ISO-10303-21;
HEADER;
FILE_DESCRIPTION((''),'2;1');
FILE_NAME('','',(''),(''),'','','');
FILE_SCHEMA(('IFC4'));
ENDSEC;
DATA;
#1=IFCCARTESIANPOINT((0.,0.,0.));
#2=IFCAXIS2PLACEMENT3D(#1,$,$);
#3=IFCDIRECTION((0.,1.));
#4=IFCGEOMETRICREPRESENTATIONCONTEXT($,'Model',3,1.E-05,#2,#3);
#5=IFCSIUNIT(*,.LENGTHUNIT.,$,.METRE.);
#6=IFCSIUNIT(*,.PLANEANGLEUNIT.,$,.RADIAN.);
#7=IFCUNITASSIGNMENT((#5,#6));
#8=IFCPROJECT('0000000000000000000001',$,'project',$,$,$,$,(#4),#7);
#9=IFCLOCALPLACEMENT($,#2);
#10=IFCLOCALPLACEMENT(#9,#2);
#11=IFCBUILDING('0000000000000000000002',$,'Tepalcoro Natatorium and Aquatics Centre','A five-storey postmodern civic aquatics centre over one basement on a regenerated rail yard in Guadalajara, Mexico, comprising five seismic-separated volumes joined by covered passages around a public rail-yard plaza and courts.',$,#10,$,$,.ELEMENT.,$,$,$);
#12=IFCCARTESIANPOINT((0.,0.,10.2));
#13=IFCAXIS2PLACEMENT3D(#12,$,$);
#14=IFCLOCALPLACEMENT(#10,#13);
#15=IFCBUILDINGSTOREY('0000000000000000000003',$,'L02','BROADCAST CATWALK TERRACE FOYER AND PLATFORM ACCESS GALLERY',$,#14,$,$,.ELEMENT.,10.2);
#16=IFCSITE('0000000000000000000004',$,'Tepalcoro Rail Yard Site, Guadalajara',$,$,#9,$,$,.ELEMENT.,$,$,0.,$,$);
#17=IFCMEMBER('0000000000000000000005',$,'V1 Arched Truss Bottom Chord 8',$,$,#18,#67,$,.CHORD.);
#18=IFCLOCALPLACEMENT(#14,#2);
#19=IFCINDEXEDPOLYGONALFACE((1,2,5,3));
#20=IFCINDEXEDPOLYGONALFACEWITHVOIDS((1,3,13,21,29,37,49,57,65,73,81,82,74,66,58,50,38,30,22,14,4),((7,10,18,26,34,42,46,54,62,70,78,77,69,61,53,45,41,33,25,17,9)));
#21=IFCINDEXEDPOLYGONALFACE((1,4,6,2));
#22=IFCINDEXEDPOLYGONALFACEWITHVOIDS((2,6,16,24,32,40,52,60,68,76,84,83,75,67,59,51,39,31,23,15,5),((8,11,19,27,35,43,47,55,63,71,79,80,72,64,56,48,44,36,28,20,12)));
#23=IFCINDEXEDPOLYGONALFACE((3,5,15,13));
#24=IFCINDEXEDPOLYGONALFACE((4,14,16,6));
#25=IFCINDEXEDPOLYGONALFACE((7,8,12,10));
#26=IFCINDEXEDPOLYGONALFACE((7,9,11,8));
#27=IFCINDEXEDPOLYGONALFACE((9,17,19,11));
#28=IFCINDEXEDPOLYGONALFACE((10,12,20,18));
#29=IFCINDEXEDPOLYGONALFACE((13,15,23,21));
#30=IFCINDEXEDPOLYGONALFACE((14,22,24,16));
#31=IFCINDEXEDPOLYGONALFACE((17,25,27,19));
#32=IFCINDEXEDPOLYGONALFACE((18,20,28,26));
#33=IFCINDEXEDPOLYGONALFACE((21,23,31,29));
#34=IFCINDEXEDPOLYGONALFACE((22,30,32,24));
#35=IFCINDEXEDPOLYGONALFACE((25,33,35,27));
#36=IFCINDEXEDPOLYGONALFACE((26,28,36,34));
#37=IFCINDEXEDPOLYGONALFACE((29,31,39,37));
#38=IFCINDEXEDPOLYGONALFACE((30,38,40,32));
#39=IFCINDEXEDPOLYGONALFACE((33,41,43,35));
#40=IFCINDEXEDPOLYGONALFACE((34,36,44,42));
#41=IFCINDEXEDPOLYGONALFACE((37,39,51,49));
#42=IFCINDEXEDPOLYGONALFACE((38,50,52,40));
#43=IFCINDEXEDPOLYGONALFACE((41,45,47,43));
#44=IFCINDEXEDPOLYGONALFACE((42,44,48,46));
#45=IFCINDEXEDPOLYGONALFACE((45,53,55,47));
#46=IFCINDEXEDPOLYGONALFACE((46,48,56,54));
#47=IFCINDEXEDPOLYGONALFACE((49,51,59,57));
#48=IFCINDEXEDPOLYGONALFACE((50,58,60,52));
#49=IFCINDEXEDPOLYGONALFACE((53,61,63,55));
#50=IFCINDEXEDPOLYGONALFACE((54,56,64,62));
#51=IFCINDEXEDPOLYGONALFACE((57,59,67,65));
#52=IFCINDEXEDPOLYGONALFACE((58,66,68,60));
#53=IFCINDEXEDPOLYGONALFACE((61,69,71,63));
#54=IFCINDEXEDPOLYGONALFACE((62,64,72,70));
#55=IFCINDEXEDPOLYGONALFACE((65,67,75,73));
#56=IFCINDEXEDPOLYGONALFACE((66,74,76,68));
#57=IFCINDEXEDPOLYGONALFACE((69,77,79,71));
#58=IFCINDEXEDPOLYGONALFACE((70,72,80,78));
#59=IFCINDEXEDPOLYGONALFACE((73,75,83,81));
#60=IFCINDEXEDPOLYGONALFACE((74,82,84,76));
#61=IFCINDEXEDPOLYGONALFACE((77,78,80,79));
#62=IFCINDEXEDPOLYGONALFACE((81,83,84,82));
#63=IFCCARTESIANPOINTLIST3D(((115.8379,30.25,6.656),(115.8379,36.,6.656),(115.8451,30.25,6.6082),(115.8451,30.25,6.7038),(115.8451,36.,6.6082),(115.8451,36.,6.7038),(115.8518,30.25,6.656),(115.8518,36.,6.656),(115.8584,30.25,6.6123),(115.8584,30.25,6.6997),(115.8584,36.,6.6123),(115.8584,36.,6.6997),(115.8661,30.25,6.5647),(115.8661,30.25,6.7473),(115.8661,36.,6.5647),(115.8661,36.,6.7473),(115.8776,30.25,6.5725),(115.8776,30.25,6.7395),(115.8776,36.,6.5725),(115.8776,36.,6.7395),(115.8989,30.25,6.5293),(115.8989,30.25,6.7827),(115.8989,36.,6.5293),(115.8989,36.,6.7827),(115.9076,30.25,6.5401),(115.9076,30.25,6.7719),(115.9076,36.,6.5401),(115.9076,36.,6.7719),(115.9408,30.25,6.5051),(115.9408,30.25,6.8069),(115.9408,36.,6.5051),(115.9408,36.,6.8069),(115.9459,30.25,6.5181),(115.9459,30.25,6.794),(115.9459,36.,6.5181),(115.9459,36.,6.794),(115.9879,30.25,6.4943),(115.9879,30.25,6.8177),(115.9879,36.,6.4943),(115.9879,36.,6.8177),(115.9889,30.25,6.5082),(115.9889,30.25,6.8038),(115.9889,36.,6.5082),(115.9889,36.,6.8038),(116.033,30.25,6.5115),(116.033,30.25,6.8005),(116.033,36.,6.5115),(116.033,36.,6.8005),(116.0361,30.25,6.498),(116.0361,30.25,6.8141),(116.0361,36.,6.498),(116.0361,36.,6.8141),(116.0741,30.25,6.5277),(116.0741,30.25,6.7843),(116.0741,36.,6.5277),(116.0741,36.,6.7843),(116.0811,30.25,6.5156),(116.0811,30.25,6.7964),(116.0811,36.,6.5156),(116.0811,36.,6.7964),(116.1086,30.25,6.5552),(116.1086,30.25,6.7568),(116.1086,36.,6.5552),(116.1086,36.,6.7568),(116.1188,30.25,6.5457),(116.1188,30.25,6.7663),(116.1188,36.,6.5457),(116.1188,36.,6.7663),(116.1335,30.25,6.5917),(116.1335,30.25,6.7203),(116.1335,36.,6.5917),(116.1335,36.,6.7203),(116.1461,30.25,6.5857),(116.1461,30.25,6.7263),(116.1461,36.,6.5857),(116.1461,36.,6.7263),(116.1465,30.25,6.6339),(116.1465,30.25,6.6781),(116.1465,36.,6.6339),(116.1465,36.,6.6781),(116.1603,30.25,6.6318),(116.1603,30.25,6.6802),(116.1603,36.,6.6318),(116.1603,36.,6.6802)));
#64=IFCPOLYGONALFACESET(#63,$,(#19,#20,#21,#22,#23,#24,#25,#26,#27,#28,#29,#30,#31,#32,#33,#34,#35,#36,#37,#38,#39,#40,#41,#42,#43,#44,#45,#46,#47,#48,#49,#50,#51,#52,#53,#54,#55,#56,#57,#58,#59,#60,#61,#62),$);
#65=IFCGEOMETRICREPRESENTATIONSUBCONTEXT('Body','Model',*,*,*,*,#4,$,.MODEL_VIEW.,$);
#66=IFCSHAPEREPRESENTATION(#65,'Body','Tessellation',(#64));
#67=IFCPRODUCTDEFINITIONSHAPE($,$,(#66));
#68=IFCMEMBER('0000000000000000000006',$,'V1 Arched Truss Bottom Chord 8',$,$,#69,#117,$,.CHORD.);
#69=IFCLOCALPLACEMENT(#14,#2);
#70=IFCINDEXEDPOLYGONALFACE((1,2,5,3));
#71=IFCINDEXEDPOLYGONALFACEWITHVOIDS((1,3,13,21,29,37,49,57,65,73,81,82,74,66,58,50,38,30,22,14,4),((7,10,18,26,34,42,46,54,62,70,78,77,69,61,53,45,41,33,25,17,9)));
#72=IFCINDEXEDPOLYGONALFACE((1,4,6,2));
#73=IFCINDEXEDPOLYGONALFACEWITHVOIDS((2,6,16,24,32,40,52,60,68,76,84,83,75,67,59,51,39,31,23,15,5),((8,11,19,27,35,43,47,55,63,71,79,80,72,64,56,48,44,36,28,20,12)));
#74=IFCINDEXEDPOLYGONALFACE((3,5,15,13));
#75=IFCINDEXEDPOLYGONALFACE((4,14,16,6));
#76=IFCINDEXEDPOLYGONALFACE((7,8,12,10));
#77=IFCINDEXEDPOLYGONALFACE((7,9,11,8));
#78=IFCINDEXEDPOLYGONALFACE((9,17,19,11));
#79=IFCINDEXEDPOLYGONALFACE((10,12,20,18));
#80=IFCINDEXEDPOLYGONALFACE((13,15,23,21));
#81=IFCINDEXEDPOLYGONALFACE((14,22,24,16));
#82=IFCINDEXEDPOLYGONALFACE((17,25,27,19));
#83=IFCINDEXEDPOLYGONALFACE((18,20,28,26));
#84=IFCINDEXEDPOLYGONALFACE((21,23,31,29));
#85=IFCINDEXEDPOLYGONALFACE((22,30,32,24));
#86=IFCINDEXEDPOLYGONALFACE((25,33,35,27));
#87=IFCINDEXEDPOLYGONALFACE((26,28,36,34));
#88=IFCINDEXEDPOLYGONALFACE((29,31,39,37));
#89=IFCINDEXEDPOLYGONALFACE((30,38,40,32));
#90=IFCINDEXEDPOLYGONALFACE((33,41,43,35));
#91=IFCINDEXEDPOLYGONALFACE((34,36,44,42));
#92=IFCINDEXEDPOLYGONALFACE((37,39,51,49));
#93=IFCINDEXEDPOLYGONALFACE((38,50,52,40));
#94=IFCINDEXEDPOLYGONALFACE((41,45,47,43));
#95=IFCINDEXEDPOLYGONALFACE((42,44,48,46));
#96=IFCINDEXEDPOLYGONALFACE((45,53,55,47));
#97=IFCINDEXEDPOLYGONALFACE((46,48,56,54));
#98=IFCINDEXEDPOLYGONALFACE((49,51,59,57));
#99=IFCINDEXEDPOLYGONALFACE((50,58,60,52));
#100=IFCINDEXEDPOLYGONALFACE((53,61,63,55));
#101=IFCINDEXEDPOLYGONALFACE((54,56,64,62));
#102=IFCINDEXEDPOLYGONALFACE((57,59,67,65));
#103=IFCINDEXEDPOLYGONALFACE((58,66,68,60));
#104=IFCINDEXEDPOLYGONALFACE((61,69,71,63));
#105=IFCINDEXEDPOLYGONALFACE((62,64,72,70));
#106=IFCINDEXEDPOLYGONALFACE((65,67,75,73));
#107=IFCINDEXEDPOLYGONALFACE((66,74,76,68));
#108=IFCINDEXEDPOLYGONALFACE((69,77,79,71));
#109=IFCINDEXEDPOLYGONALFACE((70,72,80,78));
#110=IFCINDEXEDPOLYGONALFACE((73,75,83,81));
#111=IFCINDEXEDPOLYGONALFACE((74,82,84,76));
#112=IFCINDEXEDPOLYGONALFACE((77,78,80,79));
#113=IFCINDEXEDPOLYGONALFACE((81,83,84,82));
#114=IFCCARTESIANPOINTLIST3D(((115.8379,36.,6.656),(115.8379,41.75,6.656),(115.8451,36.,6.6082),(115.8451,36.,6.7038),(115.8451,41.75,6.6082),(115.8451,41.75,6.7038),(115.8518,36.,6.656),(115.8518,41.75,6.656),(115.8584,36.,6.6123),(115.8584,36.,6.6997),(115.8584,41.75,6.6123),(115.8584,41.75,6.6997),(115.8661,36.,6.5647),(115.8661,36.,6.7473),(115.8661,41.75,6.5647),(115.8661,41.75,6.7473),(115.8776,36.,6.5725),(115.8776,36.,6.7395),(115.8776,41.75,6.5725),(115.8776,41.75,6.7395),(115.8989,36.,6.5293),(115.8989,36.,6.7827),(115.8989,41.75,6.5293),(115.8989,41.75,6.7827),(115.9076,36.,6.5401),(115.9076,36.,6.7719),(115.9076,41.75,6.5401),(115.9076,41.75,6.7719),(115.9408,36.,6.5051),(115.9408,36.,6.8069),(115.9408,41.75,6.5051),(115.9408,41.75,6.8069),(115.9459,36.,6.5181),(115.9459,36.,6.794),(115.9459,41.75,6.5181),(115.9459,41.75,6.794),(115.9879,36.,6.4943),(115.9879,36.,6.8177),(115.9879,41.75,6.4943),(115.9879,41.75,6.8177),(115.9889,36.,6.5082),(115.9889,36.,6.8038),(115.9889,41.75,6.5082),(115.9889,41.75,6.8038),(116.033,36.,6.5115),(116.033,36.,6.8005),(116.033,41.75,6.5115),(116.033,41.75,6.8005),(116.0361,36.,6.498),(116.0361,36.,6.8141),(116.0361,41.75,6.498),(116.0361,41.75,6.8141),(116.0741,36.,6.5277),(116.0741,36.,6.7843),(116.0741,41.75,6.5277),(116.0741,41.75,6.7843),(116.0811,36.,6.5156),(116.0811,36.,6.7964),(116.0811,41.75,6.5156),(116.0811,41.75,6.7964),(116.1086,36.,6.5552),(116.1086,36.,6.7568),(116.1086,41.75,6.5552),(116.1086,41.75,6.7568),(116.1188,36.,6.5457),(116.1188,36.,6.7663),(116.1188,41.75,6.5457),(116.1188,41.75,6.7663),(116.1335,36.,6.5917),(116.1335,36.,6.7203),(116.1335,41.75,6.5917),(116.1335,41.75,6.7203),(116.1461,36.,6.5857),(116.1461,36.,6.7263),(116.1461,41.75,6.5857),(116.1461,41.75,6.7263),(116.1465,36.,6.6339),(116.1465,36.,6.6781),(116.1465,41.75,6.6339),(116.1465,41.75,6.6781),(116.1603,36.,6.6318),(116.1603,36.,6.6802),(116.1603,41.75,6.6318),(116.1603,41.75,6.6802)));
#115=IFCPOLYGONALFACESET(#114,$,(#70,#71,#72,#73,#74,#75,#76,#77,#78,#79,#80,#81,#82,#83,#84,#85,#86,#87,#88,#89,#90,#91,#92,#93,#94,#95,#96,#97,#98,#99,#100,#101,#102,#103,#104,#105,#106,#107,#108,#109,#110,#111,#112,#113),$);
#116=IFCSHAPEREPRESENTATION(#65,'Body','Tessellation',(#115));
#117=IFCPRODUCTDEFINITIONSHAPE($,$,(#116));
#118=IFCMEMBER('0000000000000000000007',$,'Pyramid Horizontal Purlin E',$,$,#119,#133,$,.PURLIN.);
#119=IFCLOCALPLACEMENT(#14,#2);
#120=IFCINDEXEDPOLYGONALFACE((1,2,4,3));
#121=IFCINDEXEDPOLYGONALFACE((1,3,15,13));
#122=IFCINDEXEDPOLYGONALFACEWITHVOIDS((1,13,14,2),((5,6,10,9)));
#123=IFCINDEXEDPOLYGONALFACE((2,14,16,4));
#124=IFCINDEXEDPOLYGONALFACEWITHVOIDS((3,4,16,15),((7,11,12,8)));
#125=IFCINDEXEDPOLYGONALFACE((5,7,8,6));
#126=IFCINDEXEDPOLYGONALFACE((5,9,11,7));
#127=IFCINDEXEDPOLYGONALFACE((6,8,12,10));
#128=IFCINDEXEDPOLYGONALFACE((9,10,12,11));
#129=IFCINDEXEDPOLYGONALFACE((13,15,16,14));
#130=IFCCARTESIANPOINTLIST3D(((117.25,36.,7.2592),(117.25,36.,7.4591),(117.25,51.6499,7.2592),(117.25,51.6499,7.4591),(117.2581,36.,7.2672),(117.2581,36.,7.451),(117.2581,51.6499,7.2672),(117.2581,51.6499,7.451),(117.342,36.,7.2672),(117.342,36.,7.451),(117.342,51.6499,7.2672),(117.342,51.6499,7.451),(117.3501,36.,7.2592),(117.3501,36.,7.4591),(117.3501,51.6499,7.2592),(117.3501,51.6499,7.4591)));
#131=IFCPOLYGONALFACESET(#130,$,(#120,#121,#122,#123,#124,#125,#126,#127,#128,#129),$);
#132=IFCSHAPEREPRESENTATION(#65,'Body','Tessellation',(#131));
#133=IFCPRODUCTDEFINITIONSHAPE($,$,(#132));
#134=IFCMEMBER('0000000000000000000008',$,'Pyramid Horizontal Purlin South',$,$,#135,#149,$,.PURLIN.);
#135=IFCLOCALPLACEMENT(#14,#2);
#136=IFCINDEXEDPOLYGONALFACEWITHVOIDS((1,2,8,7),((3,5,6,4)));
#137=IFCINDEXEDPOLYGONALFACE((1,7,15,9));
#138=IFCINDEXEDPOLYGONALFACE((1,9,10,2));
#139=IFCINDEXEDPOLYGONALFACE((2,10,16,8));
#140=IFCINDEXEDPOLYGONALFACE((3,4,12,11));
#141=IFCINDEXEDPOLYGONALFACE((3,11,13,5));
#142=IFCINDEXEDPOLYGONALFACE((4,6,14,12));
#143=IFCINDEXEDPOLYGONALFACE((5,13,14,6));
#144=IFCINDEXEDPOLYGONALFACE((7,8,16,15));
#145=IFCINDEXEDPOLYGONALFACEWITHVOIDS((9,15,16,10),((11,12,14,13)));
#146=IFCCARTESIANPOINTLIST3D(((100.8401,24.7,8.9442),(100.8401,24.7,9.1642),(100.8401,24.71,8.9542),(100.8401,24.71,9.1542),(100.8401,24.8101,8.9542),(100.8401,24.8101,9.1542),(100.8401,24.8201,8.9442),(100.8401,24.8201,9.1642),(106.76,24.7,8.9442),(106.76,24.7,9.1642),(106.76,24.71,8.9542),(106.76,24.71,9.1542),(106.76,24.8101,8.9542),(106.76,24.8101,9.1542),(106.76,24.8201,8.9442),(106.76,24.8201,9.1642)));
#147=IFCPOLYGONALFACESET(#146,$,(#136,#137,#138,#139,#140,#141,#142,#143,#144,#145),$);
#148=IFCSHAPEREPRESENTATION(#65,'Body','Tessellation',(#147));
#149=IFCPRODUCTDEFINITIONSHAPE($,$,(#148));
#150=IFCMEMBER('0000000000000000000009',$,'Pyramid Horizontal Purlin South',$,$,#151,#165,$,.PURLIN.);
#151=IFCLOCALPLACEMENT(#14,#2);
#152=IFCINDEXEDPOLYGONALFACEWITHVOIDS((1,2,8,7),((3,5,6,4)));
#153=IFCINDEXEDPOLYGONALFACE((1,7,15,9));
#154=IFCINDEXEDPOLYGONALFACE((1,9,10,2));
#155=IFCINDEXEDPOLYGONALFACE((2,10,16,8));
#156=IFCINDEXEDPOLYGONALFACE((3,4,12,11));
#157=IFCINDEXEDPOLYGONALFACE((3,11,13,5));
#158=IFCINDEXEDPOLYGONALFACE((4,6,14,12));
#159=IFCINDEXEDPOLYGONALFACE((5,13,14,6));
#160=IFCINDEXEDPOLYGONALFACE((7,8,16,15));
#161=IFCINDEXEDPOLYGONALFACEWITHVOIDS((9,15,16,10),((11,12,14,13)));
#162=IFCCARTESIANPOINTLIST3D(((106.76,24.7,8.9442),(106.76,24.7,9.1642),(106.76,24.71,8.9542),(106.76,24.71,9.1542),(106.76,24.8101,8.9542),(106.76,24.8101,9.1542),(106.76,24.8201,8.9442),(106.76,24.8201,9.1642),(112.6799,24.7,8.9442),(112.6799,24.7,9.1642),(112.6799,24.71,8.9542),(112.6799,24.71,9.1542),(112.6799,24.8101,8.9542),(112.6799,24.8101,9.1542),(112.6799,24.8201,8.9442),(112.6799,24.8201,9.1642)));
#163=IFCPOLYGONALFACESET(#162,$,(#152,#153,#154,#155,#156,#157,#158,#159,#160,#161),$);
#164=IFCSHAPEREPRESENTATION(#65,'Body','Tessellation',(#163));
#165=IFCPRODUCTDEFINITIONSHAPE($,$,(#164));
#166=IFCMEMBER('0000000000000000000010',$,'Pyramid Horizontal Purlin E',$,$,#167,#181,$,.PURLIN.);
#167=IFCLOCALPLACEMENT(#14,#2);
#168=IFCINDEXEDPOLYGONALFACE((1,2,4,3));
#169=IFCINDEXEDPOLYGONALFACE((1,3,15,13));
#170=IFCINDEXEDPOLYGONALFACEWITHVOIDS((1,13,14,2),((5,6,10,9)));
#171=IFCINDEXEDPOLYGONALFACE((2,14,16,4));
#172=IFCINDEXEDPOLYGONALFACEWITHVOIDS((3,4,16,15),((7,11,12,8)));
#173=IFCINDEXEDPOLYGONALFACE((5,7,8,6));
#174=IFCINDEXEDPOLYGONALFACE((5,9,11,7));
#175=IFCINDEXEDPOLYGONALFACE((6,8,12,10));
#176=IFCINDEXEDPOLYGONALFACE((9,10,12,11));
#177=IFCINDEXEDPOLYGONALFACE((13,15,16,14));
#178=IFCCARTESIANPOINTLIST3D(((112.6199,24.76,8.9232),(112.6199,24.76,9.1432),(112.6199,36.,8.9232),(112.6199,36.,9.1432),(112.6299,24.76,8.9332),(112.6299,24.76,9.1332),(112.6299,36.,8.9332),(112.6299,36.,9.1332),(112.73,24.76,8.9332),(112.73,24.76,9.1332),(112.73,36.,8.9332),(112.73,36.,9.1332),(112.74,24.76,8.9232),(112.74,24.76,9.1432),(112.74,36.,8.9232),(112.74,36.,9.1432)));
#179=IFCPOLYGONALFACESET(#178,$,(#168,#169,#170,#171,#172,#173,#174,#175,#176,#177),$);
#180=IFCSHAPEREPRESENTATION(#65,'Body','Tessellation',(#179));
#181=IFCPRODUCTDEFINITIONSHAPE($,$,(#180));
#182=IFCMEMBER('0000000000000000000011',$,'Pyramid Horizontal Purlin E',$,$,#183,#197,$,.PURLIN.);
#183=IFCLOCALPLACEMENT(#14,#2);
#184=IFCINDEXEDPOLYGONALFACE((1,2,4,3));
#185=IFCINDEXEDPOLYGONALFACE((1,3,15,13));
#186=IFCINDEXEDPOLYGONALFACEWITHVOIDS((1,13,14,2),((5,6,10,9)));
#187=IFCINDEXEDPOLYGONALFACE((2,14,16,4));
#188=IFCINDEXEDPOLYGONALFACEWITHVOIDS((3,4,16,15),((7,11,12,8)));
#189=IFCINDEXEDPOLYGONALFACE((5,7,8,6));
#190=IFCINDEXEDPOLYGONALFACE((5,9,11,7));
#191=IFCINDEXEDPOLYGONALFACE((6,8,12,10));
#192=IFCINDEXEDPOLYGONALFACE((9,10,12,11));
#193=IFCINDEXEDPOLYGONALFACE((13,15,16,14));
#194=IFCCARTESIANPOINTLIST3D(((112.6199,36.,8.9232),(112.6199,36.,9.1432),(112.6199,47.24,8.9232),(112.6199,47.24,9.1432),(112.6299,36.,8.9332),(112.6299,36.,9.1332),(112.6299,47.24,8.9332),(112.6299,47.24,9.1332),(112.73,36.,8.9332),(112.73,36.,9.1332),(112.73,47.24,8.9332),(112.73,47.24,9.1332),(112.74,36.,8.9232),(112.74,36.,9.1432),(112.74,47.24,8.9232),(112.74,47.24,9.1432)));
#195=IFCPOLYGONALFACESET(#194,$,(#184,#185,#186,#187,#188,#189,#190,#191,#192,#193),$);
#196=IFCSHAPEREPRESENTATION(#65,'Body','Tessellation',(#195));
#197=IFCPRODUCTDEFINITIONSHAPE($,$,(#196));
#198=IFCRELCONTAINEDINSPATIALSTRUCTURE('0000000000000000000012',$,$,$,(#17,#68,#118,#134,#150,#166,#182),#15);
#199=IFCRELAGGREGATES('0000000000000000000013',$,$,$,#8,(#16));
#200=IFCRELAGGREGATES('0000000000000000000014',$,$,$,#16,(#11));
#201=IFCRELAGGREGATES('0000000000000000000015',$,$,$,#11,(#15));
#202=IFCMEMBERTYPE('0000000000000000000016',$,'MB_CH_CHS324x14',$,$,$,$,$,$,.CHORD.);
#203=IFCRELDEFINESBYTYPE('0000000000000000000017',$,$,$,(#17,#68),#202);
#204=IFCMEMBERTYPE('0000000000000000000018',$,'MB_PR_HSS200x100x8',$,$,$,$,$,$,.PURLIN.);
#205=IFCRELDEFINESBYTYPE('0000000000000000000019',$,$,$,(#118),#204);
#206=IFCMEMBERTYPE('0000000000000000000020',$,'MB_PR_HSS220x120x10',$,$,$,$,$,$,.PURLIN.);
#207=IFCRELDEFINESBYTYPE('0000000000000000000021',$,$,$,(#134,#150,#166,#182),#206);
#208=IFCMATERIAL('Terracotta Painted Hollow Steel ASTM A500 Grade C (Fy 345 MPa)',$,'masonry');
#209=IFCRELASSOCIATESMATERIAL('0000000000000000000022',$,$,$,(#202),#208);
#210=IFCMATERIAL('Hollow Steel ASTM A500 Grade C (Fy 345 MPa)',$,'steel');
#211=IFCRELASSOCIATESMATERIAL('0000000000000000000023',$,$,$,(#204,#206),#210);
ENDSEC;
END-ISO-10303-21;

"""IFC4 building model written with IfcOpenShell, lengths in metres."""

from ifc_helpers import new_model, si_unit, direction, frame, origin, origin_2d, place, context, subcontext, project, spatial, hollow_rectangle, hollow_circle, extrude, material, material_profile, profile_set, type_object, element, save


model = new_model("IFC4")

# Units and contexts
model_context = context("Model", 3, precision=1e-05, world=origin(), true_north=direction((0.0, 1.0)))
body_context = subcontext(model_context, "Body", "Model", "MODEL_VIEW")
ifc_project = project(units=[si_unit("LENGTHUNIT", "METRE"), si_unit("PLANEANGLEUNIT", "RADIAN")], contexts=[model_context])

# Site, building, storey
site_placement = place(None, origin())
site = spatial("IfcSite", under=ifc_project, at=site_placement, Name="Tepalcoro Rail Yard Site, Guadalajara", CompositionType="ELEMENT", RefElevation=0.0)
building_placement = place(site_placement, origin())
building = spatial("IfcBuilding", under=site, at=building_placement, Name="Tepalcoro Natatorium and Aquatics Centre", Description="A five-storey postmodern civic aquatics centre over one basement on a regenerated rail yard in Guadalajara, Mexico, comprising five seismic-separated volumes joined by covered passages around a public rail-yard plaza and courts.", CompositionType="ELEMENT")
storey_placement = place(building_placement, frame((0.0, 0.0, 10.2)))
storey = spatial("IfcBuildingStorey", under=building, at=storey_placement, Name="L02", Description="BROADCAST CATWALK TERRACE FOYER AND PLATFORM ACCESS GALLERY", CompositionType="ELEMENT", Elevation=10.2)

# Shared definitions
ifc_material_1 = material(Name="Terracotta Painted Hollow Steel ASTM A500 Grade C (Fy 345 MPa)", Category="masonry")

# Members
ifc_material_profile_1 = material_profile(ifc_material_1, hollow_circle(Radius=0.1621, WallThickness=0.0139, at=origin_2d()), Name="CHS324X14")
ifc_profile_set_1 = profile_set([ifc_material_profile_1], Name="Terracotta Painted Hollow Steel ASTM A500 Grade C (Fy 345 MPa)")
member_type_1 = type_object("IfcMemberType", Name="MB_CH_CHS324x14", PredefinedType="CHORD", material=ifc_profile_set_1)
for number, where, z_axis, x_axis, name in (
    (1, (116.0, 30.25, 6.656), (0.0, 1.0, 0.0), (-1.0, 0.0, 0.0), "V1 Arched Truss Bottom Chord 8"),
    (2, (116.0, 36.0, 6.656), (0.0, 1.0, 0.0), (-1.0, 0.0, 0.0), "V1 Arched Truss Bottom Chord 8"),
):
    element("IfcMember", number, at=place(storey_placement, frame(where, z_axis=z_axis, x_axis=x_axis)), inside=storey, type_object=member_type_1, Name=name, PredefinedType="CHORD", context=body_context, shape_type="SweptSolid", body=[
        extrude(hollow_circle(Radius=0.1621, WallThickness=0.0139, at=origin_2d()), origin(), (0.0, 0.0, 1.0), 5.75),
    ])
ifc_material_2 = material(Name="Hollow Steel ASTM A500 Grade C (Fy 345 MPa)", Category="steel")
ifc_material_profile_2 = material_profile(ifc_material_2, hollow_rectangle(XDim=0.1001, YDim=0.2, WallThickness=0.0081, at=origin_2d()), Name="HSS200X100X8")
ifc_profile_set_2 = profile_set([ifc_material_profile_2], Name="Hollow Steel ASTM A500 Grade C (Fy 345 MPa)")
member_type_2 = type_object("IfcMemberType", Name="MB_PR_HSS200x100x8", PredefinedType="PURLIN", material=ifc_profile_set_2)
member_1_placement = place(storey_placement, frame((117.3, 36.0, 7.3591), z_axis=(0.0, 1.0, 0.0), x_axis=(-1.0, 0.0, 0.0)))
element("IfcMember", 3, at=member_1_placement, inside=storey, type_object=member_type_2, Name="Pyramid Horizontal Purlin E", PredefinedType="PURLIN", context=body_context, shape_type="SweptSolid", body=[
    extrude(hollow_rectangle(XDim=0.1001, YDim=0.2, WallThickness=0.0081, at=origin_2d()), origin(), (0.0, 0.0, 1.0), 15.6499),
])
ifc_material_profile_3 = material_profile(ifc_material_2, hollow_rectangle(XDim=0.1201, YDim=0.22, WallThickness=0.01, at=origin_2d()), Name="HSS220X120X10")
ifc_profile_set_3 = profile_set([ifc_material_profile_3], Name="Hollow Steel ASTM A500 Grade C (Fy 345 MPa)")
member_type_3 = type_object("IfcMemberType", Name="MB_PR_HSS220x120x10", PredefinedType="PURLIN", material=ifc_profile_set_3)
for number, where, z_axis, x_axis, name in (
    (4, (100.8401, 24.76, 9.0542), (1.0, 0.0, 0.0), (0.0, 1.0, 0.0), "Pyramid Horizontal Purlin South"),
    (5, (106.76, 24.76, 9.0542), (1.0, 0.0, 0.0), (0.0, 1.0, 0.0), "Pyramid Horizontal Purlin South"),
):
    element("IfcMember", number, at=place(storey_placement, frame(where, z_axis=z_axis, x_axis=x_axis)), inside=storey, type_object=member_type_3, Name=name, PredefinedType="PURLIN", context=body_context, shape_type="SweptSolid", body=[
        extrude(hollow_rectangle(XDim=0.1201, YDim=0.22, WallThickness=0.01, at=origin_2d()), origin(), (0.0, 0.0, 1.0), 5.9199),
    ])
for number, where, z_axis, x_axis, name in (
    (6, (112.6799, 24.76, 9.0332), (0.0, 1.0, 0.0), (-1.0, 0.0, 0.0), "Pyramid Horizontal Purlin E"),
    (7, (112.6799, 36.0, 9.0332), (0.0, 1.0, 0.0), (-1.0, 0.0, 0.0), "Pyramid Horizontal Purlin E"),
):
    element("IfcMember", number, at=place(storey_placement, frame(where, z_axis=z_axis, x_axis=x_axis)), inside=storey, type_object=member_type_3, Name=name, PredefinedType="PURLIN", context=body_context, shape_type="SweptSolid", body=[
        extrude(hollow_rectangle(XDim=0.1201, YDim=0.22, WallThickness=0.01, at=origin_2d()), origin(), (0.0, 0.0, 1.0), 11.24),
    ])

save(model, "model.ifc")
